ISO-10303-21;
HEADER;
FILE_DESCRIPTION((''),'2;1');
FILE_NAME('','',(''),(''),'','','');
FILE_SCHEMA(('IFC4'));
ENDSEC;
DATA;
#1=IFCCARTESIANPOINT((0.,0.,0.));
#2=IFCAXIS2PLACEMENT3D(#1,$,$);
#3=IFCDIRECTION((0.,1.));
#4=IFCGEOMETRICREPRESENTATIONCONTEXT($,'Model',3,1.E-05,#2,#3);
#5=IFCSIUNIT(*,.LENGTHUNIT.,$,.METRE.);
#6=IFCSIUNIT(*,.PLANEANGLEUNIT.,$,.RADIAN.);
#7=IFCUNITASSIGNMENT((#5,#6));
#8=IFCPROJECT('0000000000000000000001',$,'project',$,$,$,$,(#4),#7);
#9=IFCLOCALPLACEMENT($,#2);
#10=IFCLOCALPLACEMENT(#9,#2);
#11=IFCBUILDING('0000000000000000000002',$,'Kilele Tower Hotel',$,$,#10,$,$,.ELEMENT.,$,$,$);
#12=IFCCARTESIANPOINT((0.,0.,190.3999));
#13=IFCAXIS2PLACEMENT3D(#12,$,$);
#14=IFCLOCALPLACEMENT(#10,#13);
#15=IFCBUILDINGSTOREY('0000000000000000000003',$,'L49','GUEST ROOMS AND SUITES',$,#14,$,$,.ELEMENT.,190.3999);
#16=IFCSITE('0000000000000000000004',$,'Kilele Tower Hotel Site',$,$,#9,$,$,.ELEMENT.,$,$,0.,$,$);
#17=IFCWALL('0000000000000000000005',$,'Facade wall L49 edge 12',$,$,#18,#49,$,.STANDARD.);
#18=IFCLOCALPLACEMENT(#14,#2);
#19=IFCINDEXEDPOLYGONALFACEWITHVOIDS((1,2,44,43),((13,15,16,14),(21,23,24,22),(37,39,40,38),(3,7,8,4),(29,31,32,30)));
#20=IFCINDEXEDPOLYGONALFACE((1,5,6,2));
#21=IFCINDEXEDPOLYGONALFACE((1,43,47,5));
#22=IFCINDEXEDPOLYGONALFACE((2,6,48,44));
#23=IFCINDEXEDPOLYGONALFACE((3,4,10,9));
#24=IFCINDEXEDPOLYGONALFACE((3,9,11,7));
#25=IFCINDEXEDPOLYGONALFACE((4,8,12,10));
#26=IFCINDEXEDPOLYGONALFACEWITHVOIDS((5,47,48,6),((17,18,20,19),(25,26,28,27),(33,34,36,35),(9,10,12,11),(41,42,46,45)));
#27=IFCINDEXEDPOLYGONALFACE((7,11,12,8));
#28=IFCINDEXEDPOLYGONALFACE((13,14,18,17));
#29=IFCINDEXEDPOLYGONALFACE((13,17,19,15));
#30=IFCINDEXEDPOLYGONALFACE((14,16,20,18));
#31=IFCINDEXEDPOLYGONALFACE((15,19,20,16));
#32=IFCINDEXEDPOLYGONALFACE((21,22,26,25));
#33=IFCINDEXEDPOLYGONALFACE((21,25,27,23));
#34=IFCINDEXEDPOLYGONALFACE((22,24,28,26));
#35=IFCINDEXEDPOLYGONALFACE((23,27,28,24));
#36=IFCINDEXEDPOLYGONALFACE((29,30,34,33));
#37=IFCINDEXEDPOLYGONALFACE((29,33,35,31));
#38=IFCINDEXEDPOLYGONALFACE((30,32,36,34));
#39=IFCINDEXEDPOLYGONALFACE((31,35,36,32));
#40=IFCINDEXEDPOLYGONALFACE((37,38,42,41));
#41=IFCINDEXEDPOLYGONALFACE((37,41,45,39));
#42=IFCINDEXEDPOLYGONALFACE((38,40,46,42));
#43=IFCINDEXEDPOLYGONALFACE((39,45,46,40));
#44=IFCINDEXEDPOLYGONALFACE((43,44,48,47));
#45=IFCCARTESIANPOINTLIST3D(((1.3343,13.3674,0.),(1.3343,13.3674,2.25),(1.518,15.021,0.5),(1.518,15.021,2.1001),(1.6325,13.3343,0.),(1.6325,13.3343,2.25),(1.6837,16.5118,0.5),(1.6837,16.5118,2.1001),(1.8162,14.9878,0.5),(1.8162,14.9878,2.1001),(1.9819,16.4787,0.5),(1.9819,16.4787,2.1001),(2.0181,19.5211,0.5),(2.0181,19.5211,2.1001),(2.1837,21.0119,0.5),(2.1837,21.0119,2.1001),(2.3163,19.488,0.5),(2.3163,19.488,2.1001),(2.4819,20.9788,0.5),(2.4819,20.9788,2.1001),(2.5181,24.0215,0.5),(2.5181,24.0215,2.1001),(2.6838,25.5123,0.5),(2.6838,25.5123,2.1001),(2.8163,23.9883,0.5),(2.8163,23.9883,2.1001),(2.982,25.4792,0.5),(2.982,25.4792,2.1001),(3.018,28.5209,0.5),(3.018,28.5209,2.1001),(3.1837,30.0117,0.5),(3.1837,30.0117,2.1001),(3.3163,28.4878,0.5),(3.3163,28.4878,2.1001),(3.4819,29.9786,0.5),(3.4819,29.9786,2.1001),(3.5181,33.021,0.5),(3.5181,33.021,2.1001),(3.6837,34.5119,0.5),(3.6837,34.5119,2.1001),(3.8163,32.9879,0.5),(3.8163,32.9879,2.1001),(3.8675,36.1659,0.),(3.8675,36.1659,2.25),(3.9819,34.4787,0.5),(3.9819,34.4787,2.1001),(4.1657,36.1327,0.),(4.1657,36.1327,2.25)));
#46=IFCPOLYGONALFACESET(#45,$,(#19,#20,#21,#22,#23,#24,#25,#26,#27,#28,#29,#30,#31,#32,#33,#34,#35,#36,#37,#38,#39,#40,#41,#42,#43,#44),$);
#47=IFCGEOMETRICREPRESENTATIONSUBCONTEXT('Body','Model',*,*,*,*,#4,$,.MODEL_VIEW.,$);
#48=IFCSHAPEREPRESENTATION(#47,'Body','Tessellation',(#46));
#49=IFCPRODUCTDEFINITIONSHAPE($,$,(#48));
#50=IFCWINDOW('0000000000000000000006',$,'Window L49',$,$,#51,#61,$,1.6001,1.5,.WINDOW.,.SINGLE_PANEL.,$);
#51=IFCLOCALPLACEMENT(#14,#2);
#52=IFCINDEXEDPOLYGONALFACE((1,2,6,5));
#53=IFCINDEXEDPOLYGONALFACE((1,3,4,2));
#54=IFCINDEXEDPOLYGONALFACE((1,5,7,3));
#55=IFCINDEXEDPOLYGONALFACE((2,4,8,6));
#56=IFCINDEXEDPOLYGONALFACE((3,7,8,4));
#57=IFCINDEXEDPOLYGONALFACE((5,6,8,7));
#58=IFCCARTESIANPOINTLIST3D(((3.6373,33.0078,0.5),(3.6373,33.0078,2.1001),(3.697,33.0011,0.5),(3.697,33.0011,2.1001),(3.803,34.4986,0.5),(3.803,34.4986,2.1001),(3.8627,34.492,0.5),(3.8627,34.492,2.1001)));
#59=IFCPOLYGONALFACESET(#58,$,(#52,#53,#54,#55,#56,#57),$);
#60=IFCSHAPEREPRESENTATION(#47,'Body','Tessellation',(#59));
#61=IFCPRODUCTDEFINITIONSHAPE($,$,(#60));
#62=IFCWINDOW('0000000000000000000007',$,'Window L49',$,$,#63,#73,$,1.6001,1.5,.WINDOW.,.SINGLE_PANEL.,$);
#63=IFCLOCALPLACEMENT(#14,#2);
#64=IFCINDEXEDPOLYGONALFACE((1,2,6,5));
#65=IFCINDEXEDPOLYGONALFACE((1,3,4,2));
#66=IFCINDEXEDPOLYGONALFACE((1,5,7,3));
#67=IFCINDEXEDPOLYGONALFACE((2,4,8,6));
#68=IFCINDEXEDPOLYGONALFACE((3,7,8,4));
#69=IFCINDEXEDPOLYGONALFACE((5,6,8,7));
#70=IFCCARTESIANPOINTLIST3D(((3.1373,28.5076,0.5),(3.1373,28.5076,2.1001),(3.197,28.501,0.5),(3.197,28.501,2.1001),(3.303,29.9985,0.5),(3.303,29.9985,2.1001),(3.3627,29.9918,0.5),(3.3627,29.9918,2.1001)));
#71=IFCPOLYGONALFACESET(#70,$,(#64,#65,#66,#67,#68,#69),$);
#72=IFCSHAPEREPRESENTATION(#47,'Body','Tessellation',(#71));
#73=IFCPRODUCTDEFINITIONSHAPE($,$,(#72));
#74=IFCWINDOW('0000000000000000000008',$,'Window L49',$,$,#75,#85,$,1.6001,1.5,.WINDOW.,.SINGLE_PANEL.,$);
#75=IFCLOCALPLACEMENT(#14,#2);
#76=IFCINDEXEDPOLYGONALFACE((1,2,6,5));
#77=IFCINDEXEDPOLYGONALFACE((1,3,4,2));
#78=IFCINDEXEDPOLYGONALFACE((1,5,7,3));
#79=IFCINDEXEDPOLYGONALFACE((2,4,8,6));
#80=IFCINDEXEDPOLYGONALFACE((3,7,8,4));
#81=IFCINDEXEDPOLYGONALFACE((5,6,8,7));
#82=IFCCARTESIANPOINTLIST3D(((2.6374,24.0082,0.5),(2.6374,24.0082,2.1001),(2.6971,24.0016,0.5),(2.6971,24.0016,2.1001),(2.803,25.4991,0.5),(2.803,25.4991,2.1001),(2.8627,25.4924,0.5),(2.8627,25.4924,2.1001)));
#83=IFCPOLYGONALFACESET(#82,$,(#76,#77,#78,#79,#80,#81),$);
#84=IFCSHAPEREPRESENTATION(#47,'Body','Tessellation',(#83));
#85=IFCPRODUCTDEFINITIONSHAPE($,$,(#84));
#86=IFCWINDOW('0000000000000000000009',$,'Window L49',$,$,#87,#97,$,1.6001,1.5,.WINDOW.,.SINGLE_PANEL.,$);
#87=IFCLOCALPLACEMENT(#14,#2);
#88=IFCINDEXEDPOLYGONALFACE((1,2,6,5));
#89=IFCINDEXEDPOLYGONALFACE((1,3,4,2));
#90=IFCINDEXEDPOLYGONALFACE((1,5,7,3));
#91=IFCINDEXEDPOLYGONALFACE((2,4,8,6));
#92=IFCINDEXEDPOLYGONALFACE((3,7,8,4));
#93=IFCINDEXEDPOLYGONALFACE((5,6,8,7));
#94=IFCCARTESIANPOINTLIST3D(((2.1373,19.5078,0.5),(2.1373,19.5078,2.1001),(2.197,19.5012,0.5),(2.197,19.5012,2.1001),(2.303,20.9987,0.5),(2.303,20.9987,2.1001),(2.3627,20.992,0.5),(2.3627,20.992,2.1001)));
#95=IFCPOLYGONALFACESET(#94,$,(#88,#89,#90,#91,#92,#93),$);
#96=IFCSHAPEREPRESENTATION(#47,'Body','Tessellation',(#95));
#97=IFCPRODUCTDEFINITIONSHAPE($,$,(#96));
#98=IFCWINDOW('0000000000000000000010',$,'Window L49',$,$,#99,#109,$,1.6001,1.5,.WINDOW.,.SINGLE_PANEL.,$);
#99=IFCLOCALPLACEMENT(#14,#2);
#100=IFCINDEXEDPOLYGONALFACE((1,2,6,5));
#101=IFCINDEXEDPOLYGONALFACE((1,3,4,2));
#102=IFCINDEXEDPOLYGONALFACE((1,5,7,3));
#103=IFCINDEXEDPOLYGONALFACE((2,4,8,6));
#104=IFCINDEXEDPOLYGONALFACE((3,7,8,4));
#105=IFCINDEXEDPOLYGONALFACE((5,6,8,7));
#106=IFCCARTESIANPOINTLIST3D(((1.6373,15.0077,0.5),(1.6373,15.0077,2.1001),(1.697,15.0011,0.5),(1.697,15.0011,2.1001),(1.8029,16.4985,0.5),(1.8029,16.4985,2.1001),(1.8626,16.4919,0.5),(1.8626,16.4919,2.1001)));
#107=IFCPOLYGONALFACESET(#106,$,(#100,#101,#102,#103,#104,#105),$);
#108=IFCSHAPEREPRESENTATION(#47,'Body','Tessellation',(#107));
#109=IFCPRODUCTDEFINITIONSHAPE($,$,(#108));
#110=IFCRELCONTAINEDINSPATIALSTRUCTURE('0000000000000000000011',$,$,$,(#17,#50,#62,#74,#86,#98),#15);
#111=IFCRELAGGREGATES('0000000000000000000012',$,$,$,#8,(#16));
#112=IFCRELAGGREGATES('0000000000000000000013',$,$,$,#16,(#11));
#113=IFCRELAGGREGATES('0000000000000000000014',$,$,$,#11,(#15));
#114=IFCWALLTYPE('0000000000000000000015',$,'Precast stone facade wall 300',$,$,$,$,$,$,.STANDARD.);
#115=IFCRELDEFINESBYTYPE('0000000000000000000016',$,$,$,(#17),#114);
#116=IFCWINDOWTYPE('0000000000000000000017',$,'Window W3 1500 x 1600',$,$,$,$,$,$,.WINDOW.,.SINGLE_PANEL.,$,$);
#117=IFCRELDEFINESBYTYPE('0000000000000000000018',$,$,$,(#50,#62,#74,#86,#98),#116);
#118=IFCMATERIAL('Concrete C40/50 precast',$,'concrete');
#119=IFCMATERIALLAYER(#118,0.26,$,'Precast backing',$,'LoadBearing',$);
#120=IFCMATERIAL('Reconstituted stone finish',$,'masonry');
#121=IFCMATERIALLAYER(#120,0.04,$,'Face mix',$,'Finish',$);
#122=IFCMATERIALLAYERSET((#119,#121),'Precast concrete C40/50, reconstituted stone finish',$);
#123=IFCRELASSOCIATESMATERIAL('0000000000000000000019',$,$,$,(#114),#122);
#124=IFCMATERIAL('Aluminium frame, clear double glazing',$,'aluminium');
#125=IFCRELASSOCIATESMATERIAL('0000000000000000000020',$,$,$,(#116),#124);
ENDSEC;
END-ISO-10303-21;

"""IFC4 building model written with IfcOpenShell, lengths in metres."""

from ifc_helpers import new_model, si_unit, direction, frame, frame_2d, origin, place, context, subcontext, project, spatial, rectangle, extrude, material, layer, layer_set, type_object, element, fill, save


model = new_model("IFC4")

# Units and contexts
model_context = context("Model", 3, precision=1e-05, world=origin(), true_north=direction((0.0, 1.0)))
body_context = subcontext(model_context, "Body", "Model", "MODEL_VIEW")
ifc_project = project(units=[si_unit("LENGTHUNIT", "METRE"), si_unit("PLANEANGLEUNIT", "RADIAN")], contexts=[model_context])

# Site, building, storey
site_placement = place(None, origin())
site = spatial("IfcSite", under=ifc_project, at=site_placement, Name="Kilele Tower Hotel Site", CompositionType="ELEMENT", RefElevation=0.0)
building_placement = place(site_placement, origin())
building = spatial("IfcBuilding", under=site, at=building_placement, Name="Kilele Tower Hotel", CompositionType="ELEMENT")
storey_placement = place(building_placement, frame((0.0, 0.0, 190.3999)))
storey = spatial("IfcBuildingStorey", under=building, at=storey_placement, Name="L49", Description="GUEST ROOMS AND SUITES", CompositionType="ELEMENT", Elevation=190.3999)

# Shared definitions
ifc_material_1 = material(Name="Concrete C40/50 precast", Category="concrete")
ifc_layer_1 = layer(ifc_material_1, 0.26, Name="Precast backing", Category="LoadBearing")
ifc_material_2 = material(Name="Reconstituted stone finish", Category="masonry")
ifc_layer_2 = layer(ifc_material_2, 0.04, Name="Face mix", Category="Finish")
ifc_layer_set_1 = layer_set([ifc_layer_1, ifc_layer_2], Name="Precast concrete C40/50, reconstituted stone finish")
wall_type_1 = type_object("IfcWallType", Name="Precast stone facade wall 300", PredefinedType="STANDARD", material=ifc_layer_set_1)

# Wall, openings, windows
wall_1_placement = place(storey_placement, frame((4.0166, 36.1492, 0.0), z_axis=(0.0, 0.0, 1.0), x_axis=(-0.110434, -0.993883, 0.0)))
wall_1 = element("IfcWall", 1, at=wall_1_placement, inside=storey, type_object=wall_type_1, Name="Facade wall L49 edge 12", PredefinedType="STANDARD", context=body_context, shape_type="SweptSolid", body=[
    extrude(rectangle(XDim=22.9387, YDim=0.3, at=frame_2d((11.4692, 0.0))), origin(), (0.0, 0.0, 1.0), 2.25),
])
opening_1_placement = place(wall_1_placement, frame((1.6641, 0.0, 0.5)))
opening_1 = element("IfcOpeningElement", 2, at=opening_1_placement, cuts=wall_1, PredefinedType="OPENING", context=body_context, shape_type="SweptSolid", body=[
    extrude(rectangle(XDim=1.5, YDim=1.6001, at=frame_2d((0.75, 0.8))), frame((0.0, 0.1599, 0.0), z_axis=(0.0, -1.0, 0.0), x_axis=(1.0, 0.0, 0.0)), (0.0, 0.0, 1.0), 0.3201),
])
opening_2_placement = place(wall_1_placement, frame((6.1919, 0.0, 0.5)))
opening_2 = element("IfcOpeningElement", 3, at=opening_2_placement, cuts=wall_1, PredefinedType="OPENING", context=body_context, shape_type="SweptSolid", body=[
    extrude(rectangle(XDim=1.5, YDim=1.6001, at=frame_2d((0.75, 0.8))), frame((0.0, 0.1599, 0.0), z_axis=(0.0, -1.0, 0.0), x_axis=(1.0, 0.0, 0.0)), (0.0, 0.0, 1.0), 0.3201),
])
opening_3_placement = place(wall_1_placement, frame((10.719, 0.0, 0.5)))
opening_3 = element("IfcOpeningElement", 4, at=opening_3_placement, cuts=wall_1, PredefinedType="OPENING", context=body_context, shape_type="SweptSolid", body=[
    extrude(rectangle(XDim=1.5, YDim=1.6001, at=frame_2d((0.75, 0.8))), frame((0.0, 0.1599, 0.0), z_axis=(0.0, -1.0, 0.0), x_axis=(1.0, 0.0, 0.0)), (0.0, 0.0, 1.0), 0.3201),
])
opening_4_placement = place(wall_1_placement, frame((15.2471, 0.0, 0.5)))
opening_4 = element("IfcOpeningElement", 5, at=opening_4_placement, cuts=wall_1, PredefinedType="OPENING", context=body_context, shape_type="SweptSolid", body=[
    extrude(rectangle(XDim=1.5, YDim=1.6001, at=frame_2d((0.75, 0.8))), frame((0.0, 0.1599, 0.0), z_axis=(0.0, -1.0, 0.0), x_axis=(1.0, 0.0, 0.0)), (0.0, 0.0, 1.0), 0.3201),
])
opening_5_placement = place(wall_1_placement, frame((19.7749, 0.0, 0.5)))
opening_5 = element("IfcOpeningElement", 6, at=opening_5_placement, cuts=wall_1, PredefinedType="OPENING", context=body_context, shape_type="SweptSolid", body=[
    extrude(rectangle(XDim=1.5, YDim=1.6001, at=frame_2d((0.75, 0.8))), frame((0.0, 0.1599, 0.0), z_axis=(0.0, -1.0, 0.0), x_axis=(1.0, 0.0, 0.0)), (0.0, 0.0, 1.0), 0.3201),
])
ifc_material_3 = material(Name="Aluminium frame, clear double glazing", Category="aluminium")
window_type_1 = type_object("IfcWindowType", Name="Window W3 1500 x 1600", PartitioningType="SINGLE_PANEL", PredefinedType="WINDOW", material=ifc_material_3)
window_1_placement = place(opening_1_placement, origin())
window_1 = element("IfcWindow", 7, at=window_1_placement, inside=storey, type_object=window_type_1, Name="Window L49", OverallHeight=1.6001, OverallWidth=1.5, PartitioningType="SINGLE_PANEL", PredefinedType="WINDOW", context=body_context, shape_type="SweptSolid", body=[
    extrude(rectangle(XDim=1.5, YDim=1.6001, at=frame_2d((0.75, 0.8))), frame((0.0, 0.03, 0.0), z_axis=(0.0, -1.0, 0.0), x_axis=(1.0, 0.0, 0.0)), (0.0, 0.0, 1.0), 0.0601),
])
fill(opening_1, window_1)
window_2_placement = place(opening_2_placement, origin())
window_2 = element("IfcWindow", 8, at=window_2_placement, inside=storey, type_object=window_type_1, Name="Window L49", OverallHeight=1.6001, OverallWidth=1.5, PartitioningType="SINGLE_PANEL", PredefinedType="WINDOW", context=body_context, shape_type="SweptSolid", body=[
    extrude(rectangle(XDim=1.5, YDim=1.6001, at=frame_2d((0.75, 0.8))), frame((0.0, 0.03, 0.0), z_axis=(0.0, -1.0, 0.0), x_axis=(1.0, 0.0, 0.0)), (0.0, 0.0, 1.0), 0.0601),
])
fill(opening_2, window_2)
window_3_placement = place(opening_3_placement, origin())
window_3 = element("IfcWindow", 9, at=window_3_placement, inside=storey, type_object=window_type_1, Name="Window L49", OverallHeight=1.6001, OverallWidth=1.5, PartitioningType="SINGLE_PANEL", PredefinedType="WINDOW", context=body_context, shape_type="SweptSolid", body=[
    extrude(rectangle(XDim=1.5, YDim=1.6001, at=frame_2d((0.75, 0.8))), frame((0.0, 0.03, 0.0), z_axis=(0.0, -1.0, 0.0), x_axis=(1.0, 0.0, 0.0)), (0.0, 0.0, 1.0), 0.0601),
])
fill(opening_3, window_3)
window_4_placement = place(opening_4_placement, origin())
window_4 = element("IfcWindow", 10, at=window_4_placement, inside=storey, type_object=window_type_1, Name="Window L49", OverallHeight=1.6001, OverallWidth=1.5, PartitioningType="SINGLE_PANEL", PredefinedType="WINDOW", context=body_context, shape_type="SweptSolid", body=[
    extrude(rectangle(XDim=1.5, YDim=1.6001, at=frame_2d((0.75, 0.8))), frame((0.0, 0.03, 0.0), z_axis=(0.0, -1.0, 0.0), x_axis=(1.0, 0.0, 0.0)), (0.0, 0.0, 1.0), 0.0601),
])
fill(opening_4, window_4)
window_5_placement = place(opening_5_placement, origin())
window_5 = element("IfcWindow", 11, at=window_5_placement, inside=storey, type_object=window_type_1, Name="Window L49", OverallHeight=1.6001, OverallWidth=1.5, PartitioningType="SINGLE_PANEL", PredefinedType="WINDOW", context=body_context, shape_type="SweptSolid", body=[
    extrude(rectangle(XDim=1.5, YDim=1.6001, at=frame_2d((0.75, 0.8))), frame((0.0, 0.03, 0.0), z_axis=(0.0, -1.0, 0.0), x_axis=(1.0, 0.0, 0.0)), (0.0, 0.0, 1.0), 0.0601),
])
fill(opening_5, window_5)

save(model, "model.ifc")
